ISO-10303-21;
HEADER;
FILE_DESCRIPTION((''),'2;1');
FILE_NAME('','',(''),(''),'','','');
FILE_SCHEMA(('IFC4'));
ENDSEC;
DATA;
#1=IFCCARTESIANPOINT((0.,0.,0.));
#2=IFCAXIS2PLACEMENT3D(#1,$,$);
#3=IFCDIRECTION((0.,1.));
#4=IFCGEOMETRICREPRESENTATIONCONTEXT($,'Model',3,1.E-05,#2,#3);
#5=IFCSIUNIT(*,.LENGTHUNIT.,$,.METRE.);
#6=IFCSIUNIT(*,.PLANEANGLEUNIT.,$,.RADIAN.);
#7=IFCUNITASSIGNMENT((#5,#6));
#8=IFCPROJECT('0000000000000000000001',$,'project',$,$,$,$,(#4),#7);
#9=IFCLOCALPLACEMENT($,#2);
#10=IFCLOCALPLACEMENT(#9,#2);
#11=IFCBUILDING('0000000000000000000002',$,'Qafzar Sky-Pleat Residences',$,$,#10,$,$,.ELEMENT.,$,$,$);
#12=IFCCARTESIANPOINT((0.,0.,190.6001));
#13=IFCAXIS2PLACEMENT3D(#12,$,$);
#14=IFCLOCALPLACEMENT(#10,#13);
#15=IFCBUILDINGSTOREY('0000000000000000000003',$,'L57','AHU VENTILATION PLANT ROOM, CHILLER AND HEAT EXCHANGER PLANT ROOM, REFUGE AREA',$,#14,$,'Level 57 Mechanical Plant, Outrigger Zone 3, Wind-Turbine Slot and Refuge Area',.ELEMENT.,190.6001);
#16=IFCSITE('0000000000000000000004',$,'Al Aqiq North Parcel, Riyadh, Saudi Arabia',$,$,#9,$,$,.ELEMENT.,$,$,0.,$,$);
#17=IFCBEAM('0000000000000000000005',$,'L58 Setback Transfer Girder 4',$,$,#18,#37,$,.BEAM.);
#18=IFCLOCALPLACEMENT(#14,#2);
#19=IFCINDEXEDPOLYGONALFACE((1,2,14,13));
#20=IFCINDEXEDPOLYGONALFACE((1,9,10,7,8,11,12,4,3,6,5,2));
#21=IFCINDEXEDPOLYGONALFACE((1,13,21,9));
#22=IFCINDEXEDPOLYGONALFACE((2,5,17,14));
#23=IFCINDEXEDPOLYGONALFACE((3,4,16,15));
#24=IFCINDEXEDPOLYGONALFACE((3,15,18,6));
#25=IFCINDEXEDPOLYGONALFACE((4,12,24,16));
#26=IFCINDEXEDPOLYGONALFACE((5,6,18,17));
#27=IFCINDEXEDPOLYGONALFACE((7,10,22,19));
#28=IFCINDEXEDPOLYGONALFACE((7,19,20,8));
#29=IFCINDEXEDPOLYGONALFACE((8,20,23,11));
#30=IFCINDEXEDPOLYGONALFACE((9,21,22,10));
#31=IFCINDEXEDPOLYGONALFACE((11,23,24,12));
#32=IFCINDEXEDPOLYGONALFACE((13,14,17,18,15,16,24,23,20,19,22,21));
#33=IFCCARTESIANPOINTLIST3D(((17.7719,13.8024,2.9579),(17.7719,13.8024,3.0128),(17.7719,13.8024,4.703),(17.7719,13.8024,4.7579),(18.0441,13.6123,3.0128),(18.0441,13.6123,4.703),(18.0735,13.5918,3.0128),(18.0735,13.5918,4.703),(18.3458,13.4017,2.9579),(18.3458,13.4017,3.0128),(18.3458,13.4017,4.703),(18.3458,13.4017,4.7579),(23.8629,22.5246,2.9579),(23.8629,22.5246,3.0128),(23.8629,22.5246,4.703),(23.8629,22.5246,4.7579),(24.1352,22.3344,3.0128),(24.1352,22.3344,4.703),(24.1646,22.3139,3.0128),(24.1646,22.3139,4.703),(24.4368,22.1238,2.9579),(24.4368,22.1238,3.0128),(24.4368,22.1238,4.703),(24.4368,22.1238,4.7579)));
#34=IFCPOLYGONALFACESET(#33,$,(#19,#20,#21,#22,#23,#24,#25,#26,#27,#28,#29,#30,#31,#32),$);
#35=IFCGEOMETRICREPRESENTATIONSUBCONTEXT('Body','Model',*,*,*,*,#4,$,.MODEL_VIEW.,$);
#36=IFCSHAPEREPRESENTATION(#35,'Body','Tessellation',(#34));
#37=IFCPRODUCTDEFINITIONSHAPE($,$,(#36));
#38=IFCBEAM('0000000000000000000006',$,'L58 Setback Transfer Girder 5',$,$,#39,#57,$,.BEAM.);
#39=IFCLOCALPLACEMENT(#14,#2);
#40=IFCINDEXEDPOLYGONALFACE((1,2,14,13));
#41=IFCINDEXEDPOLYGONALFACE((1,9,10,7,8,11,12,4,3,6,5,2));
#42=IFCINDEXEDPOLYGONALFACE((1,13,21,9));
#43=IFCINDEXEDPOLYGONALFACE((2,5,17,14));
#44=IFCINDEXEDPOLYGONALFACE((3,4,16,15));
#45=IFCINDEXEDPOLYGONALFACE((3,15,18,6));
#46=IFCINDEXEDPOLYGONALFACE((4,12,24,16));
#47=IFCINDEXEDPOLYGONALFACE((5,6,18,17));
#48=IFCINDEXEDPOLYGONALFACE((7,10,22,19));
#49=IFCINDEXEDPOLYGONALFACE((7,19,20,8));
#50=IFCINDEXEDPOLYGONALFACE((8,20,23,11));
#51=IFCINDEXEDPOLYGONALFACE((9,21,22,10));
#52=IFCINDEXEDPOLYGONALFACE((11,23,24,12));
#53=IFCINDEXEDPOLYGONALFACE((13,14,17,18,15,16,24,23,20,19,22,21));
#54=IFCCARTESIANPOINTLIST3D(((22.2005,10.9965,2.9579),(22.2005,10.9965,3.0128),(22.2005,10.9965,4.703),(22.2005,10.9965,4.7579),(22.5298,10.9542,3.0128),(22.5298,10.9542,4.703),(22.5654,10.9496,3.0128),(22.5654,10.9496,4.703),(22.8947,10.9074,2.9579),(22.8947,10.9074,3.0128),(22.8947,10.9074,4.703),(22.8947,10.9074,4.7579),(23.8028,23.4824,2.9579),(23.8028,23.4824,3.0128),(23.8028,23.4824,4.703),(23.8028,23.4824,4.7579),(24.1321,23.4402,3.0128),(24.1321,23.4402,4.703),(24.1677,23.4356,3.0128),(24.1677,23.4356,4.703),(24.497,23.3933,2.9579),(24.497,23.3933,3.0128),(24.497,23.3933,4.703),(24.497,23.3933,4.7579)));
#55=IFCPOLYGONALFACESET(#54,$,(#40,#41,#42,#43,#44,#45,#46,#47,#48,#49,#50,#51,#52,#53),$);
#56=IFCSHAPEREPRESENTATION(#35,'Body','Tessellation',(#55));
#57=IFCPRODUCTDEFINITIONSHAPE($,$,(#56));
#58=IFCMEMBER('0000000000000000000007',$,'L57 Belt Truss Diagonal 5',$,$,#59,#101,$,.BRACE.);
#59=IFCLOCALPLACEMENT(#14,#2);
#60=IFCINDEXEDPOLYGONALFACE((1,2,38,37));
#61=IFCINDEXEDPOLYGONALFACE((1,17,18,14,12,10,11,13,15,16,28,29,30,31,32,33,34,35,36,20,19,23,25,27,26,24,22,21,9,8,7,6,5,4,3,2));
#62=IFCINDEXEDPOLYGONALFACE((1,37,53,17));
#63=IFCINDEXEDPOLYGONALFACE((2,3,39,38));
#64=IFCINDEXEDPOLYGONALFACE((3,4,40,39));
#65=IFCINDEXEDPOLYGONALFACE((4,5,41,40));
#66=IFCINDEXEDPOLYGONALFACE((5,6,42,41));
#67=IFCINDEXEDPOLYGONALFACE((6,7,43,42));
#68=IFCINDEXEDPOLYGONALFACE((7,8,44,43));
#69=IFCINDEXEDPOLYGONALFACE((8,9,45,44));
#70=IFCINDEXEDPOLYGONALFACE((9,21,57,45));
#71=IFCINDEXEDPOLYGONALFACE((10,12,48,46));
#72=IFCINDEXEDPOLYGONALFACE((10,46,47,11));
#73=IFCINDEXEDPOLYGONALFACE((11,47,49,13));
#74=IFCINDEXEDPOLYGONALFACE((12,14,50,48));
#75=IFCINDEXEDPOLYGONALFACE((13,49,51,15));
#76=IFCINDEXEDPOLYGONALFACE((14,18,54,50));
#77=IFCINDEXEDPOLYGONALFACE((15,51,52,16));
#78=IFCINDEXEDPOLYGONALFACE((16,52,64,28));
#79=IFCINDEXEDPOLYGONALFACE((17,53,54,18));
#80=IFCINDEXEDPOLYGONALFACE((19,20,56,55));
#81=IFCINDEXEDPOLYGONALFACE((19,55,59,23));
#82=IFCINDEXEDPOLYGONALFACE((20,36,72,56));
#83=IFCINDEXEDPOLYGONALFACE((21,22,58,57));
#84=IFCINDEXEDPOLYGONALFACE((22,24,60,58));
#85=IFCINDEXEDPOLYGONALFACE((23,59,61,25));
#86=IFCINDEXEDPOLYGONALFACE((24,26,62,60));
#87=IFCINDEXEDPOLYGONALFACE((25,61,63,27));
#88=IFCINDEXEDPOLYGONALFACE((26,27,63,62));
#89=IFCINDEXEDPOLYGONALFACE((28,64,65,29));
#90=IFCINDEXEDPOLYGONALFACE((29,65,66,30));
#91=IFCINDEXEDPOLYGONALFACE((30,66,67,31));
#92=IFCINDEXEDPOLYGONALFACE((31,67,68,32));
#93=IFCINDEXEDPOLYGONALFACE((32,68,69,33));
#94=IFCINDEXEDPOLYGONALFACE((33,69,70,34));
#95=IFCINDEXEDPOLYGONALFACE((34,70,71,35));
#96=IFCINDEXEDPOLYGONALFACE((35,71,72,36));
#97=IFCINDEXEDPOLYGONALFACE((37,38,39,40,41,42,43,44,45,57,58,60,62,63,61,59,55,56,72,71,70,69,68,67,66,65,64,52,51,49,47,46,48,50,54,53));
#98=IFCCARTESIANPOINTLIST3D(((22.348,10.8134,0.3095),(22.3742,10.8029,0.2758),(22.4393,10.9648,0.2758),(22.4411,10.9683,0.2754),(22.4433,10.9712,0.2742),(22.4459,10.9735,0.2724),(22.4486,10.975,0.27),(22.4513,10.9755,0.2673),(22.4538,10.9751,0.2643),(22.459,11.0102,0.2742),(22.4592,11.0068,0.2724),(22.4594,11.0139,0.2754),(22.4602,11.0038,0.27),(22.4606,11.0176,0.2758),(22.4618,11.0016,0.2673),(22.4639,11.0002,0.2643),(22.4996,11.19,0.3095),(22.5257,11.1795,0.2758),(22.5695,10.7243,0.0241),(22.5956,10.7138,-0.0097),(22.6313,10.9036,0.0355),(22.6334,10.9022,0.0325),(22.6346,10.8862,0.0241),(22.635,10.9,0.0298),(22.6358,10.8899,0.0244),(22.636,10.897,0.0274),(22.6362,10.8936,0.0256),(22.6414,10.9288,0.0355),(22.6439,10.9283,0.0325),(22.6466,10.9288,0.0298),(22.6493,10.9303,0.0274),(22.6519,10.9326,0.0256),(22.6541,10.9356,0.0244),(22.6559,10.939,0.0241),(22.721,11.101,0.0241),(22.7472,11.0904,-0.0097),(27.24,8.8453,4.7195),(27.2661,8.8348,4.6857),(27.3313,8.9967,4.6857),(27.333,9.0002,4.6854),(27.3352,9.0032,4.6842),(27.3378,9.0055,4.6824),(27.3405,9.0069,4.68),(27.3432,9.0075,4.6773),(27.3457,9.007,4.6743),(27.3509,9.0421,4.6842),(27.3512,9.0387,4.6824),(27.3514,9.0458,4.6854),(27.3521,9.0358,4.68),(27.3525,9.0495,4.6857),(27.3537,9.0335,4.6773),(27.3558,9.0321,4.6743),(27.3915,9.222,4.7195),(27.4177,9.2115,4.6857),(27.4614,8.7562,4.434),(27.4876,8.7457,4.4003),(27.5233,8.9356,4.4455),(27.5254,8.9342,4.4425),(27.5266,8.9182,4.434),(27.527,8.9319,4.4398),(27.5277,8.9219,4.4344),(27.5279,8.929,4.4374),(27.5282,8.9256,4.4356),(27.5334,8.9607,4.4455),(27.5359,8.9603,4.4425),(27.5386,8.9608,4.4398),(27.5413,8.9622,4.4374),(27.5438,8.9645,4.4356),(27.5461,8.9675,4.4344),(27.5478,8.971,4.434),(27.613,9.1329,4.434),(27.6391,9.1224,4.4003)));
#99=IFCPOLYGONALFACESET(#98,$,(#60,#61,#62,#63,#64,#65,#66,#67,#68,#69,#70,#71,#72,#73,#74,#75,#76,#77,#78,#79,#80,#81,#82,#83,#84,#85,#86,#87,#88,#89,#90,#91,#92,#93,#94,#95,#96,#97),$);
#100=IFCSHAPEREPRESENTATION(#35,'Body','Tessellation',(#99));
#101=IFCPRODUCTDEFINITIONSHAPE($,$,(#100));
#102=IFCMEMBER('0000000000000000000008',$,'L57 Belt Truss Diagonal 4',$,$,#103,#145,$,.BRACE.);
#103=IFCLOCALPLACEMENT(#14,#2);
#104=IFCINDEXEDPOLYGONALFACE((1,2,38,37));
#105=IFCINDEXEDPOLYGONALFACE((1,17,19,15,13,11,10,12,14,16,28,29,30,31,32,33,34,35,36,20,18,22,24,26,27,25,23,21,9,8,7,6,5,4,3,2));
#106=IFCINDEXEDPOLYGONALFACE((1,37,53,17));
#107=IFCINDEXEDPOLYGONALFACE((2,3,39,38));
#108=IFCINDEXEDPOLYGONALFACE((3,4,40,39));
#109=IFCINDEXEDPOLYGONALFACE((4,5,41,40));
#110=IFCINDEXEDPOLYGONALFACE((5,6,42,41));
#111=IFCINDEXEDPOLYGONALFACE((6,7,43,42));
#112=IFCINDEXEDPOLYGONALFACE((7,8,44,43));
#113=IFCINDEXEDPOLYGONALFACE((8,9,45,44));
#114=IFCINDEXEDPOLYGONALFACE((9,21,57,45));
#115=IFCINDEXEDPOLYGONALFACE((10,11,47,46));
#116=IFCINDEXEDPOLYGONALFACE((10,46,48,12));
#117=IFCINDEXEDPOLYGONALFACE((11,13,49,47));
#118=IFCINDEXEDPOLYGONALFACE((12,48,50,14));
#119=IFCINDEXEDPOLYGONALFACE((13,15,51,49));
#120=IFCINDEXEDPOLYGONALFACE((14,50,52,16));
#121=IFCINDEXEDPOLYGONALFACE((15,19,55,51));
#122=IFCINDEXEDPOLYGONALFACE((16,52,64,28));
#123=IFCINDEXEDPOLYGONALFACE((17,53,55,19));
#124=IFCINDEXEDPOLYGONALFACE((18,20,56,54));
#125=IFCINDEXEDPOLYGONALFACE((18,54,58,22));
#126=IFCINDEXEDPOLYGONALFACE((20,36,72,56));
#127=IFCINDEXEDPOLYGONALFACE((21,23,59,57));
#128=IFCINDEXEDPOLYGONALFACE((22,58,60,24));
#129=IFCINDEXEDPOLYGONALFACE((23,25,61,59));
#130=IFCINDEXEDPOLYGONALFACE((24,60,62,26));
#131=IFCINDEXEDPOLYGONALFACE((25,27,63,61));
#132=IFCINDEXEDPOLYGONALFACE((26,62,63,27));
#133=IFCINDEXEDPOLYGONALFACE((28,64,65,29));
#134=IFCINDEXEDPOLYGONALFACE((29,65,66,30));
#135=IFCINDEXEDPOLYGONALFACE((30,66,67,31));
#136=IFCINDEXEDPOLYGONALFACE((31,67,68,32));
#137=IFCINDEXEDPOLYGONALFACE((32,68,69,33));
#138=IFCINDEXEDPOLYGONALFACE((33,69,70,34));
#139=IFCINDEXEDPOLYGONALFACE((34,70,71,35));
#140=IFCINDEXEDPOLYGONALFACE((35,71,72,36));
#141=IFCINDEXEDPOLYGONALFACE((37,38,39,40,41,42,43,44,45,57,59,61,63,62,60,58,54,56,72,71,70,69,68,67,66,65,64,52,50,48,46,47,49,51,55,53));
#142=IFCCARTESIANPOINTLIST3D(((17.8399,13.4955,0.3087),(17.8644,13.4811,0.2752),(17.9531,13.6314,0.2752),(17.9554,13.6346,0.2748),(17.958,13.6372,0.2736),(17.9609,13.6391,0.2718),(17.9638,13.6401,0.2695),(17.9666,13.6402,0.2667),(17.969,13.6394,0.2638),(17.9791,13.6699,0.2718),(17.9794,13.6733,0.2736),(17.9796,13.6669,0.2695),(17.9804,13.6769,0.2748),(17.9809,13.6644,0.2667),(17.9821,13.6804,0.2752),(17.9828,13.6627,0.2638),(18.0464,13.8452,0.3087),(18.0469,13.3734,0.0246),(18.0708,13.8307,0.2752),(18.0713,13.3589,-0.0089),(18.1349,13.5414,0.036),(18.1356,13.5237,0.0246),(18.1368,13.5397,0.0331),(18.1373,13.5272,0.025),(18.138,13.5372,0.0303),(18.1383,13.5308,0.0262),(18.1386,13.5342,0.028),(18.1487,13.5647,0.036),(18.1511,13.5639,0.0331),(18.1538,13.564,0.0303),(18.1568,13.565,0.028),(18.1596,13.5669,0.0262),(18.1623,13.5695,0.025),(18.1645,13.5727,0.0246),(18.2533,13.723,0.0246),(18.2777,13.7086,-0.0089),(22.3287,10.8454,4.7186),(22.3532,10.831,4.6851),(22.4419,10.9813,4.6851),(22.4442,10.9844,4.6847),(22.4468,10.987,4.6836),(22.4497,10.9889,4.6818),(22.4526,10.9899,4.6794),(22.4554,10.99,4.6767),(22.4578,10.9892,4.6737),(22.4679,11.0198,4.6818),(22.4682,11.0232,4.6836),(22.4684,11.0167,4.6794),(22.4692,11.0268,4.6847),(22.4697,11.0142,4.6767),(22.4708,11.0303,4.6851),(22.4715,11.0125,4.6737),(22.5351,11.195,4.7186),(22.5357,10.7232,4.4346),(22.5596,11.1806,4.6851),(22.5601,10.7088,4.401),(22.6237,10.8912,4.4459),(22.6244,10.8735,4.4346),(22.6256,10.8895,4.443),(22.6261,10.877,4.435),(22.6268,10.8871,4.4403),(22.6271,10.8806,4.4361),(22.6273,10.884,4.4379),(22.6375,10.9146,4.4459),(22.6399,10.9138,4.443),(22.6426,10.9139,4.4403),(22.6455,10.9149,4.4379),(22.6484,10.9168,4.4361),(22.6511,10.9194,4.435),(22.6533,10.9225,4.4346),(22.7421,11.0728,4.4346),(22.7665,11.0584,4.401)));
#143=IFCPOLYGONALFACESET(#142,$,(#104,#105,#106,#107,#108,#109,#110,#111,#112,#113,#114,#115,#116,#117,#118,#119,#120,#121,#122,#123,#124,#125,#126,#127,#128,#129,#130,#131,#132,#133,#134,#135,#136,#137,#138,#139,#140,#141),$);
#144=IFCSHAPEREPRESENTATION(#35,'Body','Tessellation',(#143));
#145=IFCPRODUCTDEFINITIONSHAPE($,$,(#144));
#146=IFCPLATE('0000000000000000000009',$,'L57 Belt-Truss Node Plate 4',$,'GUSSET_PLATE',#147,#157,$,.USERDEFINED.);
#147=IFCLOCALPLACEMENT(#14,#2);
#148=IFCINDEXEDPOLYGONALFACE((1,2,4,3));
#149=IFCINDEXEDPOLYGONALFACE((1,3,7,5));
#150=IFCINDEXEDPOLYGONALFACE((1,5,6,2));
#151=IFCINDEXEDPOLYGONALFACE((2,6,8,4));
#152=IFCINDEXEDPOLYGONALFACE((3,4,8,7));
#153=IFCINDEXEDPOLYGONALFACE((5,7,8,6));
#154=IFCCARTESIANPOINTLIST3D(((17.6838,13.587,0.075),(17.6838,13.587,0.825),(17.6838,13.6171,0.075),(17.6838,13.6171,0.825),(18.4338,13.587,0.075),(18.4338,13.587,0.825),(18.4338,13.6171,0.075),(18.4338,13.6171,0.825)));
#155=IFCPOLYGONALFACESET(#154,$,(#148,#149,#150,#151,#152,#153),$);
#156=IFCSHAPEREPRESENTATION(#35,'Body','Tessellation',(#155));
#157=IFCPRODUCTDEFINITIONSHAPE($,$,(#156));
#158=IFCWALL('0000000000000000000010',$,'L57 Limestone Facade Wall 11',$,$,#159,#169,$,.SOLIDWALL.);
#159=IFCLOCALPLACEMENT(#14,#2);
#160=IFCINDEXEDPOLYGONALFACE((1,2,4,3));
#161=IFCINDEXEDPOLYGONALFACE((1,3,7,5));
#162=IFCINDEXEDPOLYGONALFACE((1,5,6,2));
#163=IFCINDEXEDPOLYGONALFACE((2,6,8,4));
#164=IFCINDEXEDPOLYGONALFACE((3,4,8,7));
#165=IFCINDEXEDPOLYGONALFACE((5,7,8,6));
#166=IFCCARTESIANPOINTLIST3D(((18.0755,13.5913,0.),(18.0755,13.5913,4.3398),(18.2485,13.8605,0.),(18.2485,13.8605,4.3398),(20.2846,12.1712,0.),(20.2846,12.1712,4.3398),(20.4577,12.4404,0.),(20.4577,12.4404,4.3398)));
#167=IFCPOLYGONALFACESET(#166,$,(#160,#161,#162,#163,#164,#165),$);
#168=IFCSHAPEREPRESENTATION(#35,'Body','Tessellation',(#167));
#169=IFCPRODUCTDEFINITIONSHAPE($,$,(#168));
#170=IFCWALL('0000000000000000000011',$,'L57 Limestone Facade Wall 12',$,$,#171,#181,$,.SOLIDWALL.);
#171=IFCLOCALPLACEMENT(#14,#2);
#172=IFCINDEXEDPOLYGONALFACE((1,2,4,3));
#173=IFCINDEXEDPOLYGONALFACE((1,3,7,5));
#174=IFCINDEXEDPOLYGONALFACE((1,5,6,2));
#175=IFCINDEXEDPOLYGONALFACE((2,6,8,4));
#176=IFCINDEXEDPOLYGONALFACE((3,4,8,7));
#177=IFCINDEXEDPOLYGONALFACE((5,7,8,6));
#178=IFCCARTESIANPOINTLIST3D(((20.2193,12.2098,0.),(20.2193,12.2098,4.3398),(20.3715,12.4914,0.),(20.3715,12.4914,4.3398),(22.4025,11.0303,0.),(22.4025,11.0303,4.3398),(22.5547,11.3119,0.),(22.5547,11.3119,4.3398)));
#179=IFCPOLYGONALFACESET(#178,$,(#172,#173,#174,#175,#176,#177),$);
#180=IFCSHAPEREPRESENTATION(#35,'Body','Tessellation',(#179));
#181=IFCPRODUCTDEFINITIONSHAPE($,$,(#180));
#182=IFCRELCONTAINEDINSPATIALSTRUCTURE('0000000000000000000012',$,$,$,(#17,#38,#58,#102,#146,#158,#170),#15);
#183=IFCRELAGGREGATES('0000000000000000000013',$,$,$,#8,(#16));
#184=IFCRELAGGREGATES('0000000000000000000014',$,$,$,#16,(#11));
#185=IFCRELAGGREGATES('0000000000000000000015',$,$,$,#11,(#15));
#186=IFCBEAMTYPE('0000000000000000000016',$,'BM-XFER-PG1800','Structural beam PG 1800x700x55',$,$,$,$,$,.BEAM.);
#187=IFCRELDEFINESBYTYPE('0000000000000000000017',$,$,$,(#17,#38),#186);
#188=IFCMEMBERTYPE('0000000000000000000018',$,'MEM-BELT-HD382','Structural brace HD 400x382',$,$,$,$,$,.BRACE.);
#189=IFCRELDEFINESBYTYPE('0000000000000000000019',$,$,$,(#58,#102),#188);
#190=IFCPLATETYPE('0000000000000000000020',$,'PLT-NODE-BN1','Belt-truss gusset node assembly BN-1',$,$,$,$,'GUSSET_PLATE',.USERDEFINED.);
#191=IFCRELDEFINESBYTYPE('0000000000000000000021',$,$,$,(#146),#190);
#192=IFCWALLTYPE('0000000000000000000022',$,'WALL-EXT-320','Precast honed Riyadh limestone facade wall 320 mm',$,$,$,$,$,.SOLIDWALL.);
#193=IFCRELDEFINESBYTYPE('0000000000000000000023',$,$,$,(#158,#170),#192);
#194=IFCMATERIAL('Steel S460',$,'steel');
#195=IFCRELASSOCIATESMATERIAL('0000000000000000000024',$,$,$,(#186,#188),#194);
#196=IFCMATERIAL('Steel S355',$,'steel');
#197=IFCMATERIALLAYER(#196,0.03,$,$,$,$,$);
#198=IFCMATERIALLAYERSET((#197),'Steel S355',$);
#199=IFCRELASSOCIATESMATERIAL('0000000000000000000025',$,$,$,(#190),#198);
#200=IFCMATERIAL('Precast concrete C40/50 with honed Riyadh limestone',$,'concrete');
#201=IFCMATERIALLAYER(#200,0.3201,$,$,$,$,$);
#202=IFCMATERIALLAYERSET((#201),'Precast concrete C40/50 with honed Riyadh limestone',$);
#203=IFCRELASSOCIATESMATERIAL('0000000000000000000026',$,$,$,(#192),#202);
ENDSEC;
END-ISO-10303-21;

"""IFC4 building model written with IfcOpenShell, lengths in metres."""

from ifc_helpers import new_model, si_unit, direction, frame, frame_2d, origin, origin_2d, place, context, subcontext, project, spatial, rectangle, i_section, extrude, source, transform, mapped, material, layer, layer_set, material_profile, profile_set, type_object, element, save


model = new_model("IFC4")

# Units and contexts
model_context = context("Model", 3, precision=1e-05, world=origin(), true_north=direction((0.0, 1.0)))
body_context = subcontext(model_context, "Body", "Model", "MODEL_VIEW")
ifc_project = project(units=[si_unit("LENGTHUNIT", "METRE"), si_unit("PLANEANGLEUNIT", "RADIAN")], contexts=[model_context])

# Site, building, storey
site_placement = place(None, origin())
site = spatial("IfcSite", under=ifc_project, at=site_placement, Name="Al Aqiq North Parcel, Riyadh, Saudi Arabia", CompositionType="ELEMENT", RefElevation=0.0)
building_placement = place(site_placement, origin())
building = spatial("IfcBuilding", under=site, at=building_placement, Name="Qafzar Sky-Pleat Residences", CompositionType="ELEMENT")
storey_placement = place(building_placement, frame((0.0, 0.0, 190.6001)))
storey = spatial("IfcBuildingStorey", under=building, at=storey_placement, Name="L57", Description="AHU VENTILATION PLANT ROOM, CHILLER AND HEAT EXCHANGER PLANT ROOM, REFUGE AREA", LongName="Level 57 Mechanical Plant, Outrigger Zone 3, Wind-Turbine Slot and Refuge Area", CompositionType="ELEMENT", Elevation=190.6001)

# Shared definitions
ifc_material_1 = material(Name="Steel S355", Category="steel")

# Beams
ifc_material_2 = material(Name="Steel S460", Category="steel")
ifc_material_profile_1 = material_profile(ifc_material_2, i_section(OverallWidth=0.7, OverallDepth=1.8, WebThickness=0.0359, FlangeThickness=0.0549, at=origin_2d()), Name="PG 1800x700x55")
ifc_profile_set_1 = profile_set([ifc_material_profile_1], Name="Steel S460")
beam_type_1 = type_object("IfcBeamType", Name="BM-XFER-PG1800", Description="Structural beam PG 1800x700x55", PredefinedType="BEAM", material=ifc_profile_set_1)
shared_shape_1 = source(origin(), body_context, "Body", "SweptSolid", [
    extrude(i_section(OverallWidth=0.7, OverallDepth=1.8, WebThickness=0.0359, FlangeThickness=0.0549, at=origin_2d()), origin(), (0.0, 0.0, 1.0), 10.6384),
])
beam_1_placement = place(storey_placement, frame((18.0588, 13.6021, 3.8579), z_axis=(0.57255, 0.81987, 0.0), x_axis=(-0.81987, 0.57255, 0.0)))
element("IfcBeam", 1, at=beam_1_placement, inside=storey, type_object=beam_type_1, Name="L58 Setback Transfer Girder 4", PredefinedType="BEAM", context=body_context, shape_type="MappedRepresentation", body=[
    mapped(shared_shape_1, transform((0.0, 0.0, 0.0), x_axis=(1.0, 0.0, 0.0), y_axis=(0.0, 1.0, 0.0), z_axis=(0.0, 0.0, 1.0), scale=1.0)),
])
shared_shape_2 = source(origin(), body_context, "Body", "SweptSolid", [
    extrude(i_section(OverallWidth=0.7, OverallDepth=1.8, WebThickness=0.0359, FlangeThickness=0.0549, at=origin_2d()), origin(), (0.0, 0.0, 1.0), 12.5884),
])
beam_2_placement = place(storey_placement, frame((22.5476, 10.9519, 3.8579), z_axis=(0.127283, 0.991866, 0.0), x_axis=(-0.991866, 0.127283, 0.0)))
element("IfcBeam", 2, at=beam_2_placement, inside=storey, type_object=beam_type_1, Name="L58 Setback Transfer Girder 5", PredefinedType="BEAM", context=body_context, shape_type="MappedRepresentation", body=[
    mapped(shared_shape_2, transform((0.0, 0.0, 0.0), x_axis=(1.0, 0.0, 0.0), y_axis=(0.0, 1.0, 0.0), z_axis=(0.0, 0.0, 1.0), scale=1.0)),
])

# Members
ifc_material_profile_2 = material_profile(ifc_material_2, i_section(OverallWidth=0.406, OverallDepth=0.416, WebThickness=0.0271, FlangeThickness=0.0439, FilletRadius=0.0149, at=origin_2d()), Name="HD 400x382")
ifc_profile_set_2 = profile_set([ifc_material_profile_2], Name="Steel S460")
member_type = type_object("IfcMemberType", Name="MEM-BELT-HD382", Description="Structural brace HD 400x382", PredefinedType="BRACE", material=ifc_profile_set_2)
shared_shape_3 = source(origin(), body_context, "Body", "SweptSolid", [
    extrude(i_section(OverallWidth=0.406, OverallDepth=0.416, WebThickness=0.0271, FlangeThickness=0.0439, FilletRadius=0.0149, at=origin_2d()), origin(), (0.0, 0.0, 1.0), 6.874),
])
member_1_placement = place(storey_placement, frame((22.5476, 10.9519, 0.1499), z_axis=(0.711655, -0.286303, 0.641544), x_axis=(0.373234, 0.927737, 0.0)))
element("IfcMember", 3, at=member_1_placement, inside=storey, type_object=member_type, Name="L57 Belt Truss Diagonal 5", PredefinedType="BRACE", context=body_context, shape_type="MappedRepresentation", body=[
    mapped(shared_shape_3, transform((0.0, 0.0, 0.0), x_axis=(1.0, 0.0, 0.0), y_axis=(0.0, 1.0, 0.0), z_axis=(0.0, 0.0, 1.0), scale=1.0)),
])
shared_shape_4 = source(origin(), body_context, "Body", "SweptSolid", [
    extrude(i_section(OverallWidth=0.406, OverallDepth=0.416, WebThickness=0.0271, FlangeThickness=0.0439, FilletRadius=0.0149, at=origin_2d()), origin(), (0.0, 0.0, 1.0), 6.8279),
])
member_2_placement = place(storey_placement, frame((18.0588, 13.6021, 0.1499), z_axis=(0.65742, -0.388137, 0.64587), x_axis=(0.508401, 0.86112, 0.0)))
element("IfcMember", 4, at=member_2_placement, inside=storey, type_object=member_type, Name="L57 Belt Truss Diagonal 4", PredefinedType="BRACE", context=body_context, shape_type="MappedRepresentation", body=[
    mapped(shared_shape_4, transform((0.0, 0.0, 0.0), x_axis=(1.0, 0.0, 0.0), y_axis=(0.0, 1.0, 0.0), z_axis=(0.0, 0.0, 1.0), scale=1.0)),
])

# Plate
ifc_layer_1 = layer(ifc_material_1, 0.03)
ifc_layer_set_1 = layer_set([ifc_layer_1], Name="Steel S355")
plate_type = type_object("IfcPlateType", Name="PLT-NODE-BN1", Description="Belt-truss gusset node assembly BN-1", ElementType="GUSSET_PLATE", PredefinedType="USERDEFINED", material=ifc_layer_set_1)
shared_shape_5 = source(origin(), body_context, "Body", "SweptSolid", [
    extrude(rectangle(XDim=0.75, YDim=0.03, at=origin_2d()), origin(), (0.0, 0.0, 1.0), 0.75),
])
plate_placement = place(storey_placement, frame((18.0588, 13.6021, 0.075), z_axis=(0.0, 0.0, 1.0), x_axis=(1.0, 0.0, 0.0)))
element("IfcPlate", 5, at=plate_placement, inside=storey, type_object=plate_type, Name="L57 Belt-Truss Node Plate 4", ObjectType="GUSSET_PLATE", PredefinedType="USERDEFINED", context=body_context, shape_type="MappedRepresentation", body=[
    mapped(shared_shape_5, transform((0.0, 0.0, 0.0), x_axis=(1.0, 0.0, 0.0), y_axis=(0.0, 1.0, 0.0), z_axis=(0.0, 0.0, 1.0), scale=1.0)),
])

# Walls
ifc_material_3 = material(Name="Precast concrete C40/50 with honed Riyadh limestone", Category="concrete")
ifc_layer_2 = layer(ifc_material_3, 0.3201)
ifc_layer_set_2 = layer_set([ifc_layer_2], Name="Precast concrete C40/50 with honed Riyadh limestone")
wall_type = type_object("IfcWallType", Name="WALL-EXT-320", Description="Precast honed Riyadh limestone facade wall 320 mm", PredefinedType="SOLIDWALL", material=ifc_layer_set_2)
wall_1_placement = place(storey_placement, frame((18.1621, 13.7258, 0.0), z_axis=(0.0, 0.0, 1.0), x_axis=(0.841188, -0.540743, 0.0)))
element("IfcWall", 6, at=wall_1_placement, inside=storey, type_object=wall_type, Name="L57 Limestone Facade Wall 11", PredefinedType="SOLIDWALL", context=body_context, shape_type="SweptSolid", body=[
    extrude(rectangle(XDim=2.6262, YDim=0.3201, at=frame_2d((1.313, 0.0))), origin(), (0.0, 0.0, 1.0), 4.3398),
])
wall_2_placement = place(storey_placement, frame((20.2954, 12.3506, 0.0), z_axis=(0.0, 0.0, 1.0), x_axis=(0.87981, -0.475326, 0.0)))
element("IfcWall", 7, at=wall_2_placement, inside=storey, type_object=wall_type, Name="L57 Limestone Facade Wall 12", PredefinedType="SOLIDWALL", context=body_context, shape_type="SweptSolid", body=[
    extrude(rectangle(XDim=2.4814, YDim=0.3201, at=frame_2d((1.2407, 0.0))), origin(), (0.0, 0.0, 1.0), 4.3398),
])

save(model, "model.ifc")
